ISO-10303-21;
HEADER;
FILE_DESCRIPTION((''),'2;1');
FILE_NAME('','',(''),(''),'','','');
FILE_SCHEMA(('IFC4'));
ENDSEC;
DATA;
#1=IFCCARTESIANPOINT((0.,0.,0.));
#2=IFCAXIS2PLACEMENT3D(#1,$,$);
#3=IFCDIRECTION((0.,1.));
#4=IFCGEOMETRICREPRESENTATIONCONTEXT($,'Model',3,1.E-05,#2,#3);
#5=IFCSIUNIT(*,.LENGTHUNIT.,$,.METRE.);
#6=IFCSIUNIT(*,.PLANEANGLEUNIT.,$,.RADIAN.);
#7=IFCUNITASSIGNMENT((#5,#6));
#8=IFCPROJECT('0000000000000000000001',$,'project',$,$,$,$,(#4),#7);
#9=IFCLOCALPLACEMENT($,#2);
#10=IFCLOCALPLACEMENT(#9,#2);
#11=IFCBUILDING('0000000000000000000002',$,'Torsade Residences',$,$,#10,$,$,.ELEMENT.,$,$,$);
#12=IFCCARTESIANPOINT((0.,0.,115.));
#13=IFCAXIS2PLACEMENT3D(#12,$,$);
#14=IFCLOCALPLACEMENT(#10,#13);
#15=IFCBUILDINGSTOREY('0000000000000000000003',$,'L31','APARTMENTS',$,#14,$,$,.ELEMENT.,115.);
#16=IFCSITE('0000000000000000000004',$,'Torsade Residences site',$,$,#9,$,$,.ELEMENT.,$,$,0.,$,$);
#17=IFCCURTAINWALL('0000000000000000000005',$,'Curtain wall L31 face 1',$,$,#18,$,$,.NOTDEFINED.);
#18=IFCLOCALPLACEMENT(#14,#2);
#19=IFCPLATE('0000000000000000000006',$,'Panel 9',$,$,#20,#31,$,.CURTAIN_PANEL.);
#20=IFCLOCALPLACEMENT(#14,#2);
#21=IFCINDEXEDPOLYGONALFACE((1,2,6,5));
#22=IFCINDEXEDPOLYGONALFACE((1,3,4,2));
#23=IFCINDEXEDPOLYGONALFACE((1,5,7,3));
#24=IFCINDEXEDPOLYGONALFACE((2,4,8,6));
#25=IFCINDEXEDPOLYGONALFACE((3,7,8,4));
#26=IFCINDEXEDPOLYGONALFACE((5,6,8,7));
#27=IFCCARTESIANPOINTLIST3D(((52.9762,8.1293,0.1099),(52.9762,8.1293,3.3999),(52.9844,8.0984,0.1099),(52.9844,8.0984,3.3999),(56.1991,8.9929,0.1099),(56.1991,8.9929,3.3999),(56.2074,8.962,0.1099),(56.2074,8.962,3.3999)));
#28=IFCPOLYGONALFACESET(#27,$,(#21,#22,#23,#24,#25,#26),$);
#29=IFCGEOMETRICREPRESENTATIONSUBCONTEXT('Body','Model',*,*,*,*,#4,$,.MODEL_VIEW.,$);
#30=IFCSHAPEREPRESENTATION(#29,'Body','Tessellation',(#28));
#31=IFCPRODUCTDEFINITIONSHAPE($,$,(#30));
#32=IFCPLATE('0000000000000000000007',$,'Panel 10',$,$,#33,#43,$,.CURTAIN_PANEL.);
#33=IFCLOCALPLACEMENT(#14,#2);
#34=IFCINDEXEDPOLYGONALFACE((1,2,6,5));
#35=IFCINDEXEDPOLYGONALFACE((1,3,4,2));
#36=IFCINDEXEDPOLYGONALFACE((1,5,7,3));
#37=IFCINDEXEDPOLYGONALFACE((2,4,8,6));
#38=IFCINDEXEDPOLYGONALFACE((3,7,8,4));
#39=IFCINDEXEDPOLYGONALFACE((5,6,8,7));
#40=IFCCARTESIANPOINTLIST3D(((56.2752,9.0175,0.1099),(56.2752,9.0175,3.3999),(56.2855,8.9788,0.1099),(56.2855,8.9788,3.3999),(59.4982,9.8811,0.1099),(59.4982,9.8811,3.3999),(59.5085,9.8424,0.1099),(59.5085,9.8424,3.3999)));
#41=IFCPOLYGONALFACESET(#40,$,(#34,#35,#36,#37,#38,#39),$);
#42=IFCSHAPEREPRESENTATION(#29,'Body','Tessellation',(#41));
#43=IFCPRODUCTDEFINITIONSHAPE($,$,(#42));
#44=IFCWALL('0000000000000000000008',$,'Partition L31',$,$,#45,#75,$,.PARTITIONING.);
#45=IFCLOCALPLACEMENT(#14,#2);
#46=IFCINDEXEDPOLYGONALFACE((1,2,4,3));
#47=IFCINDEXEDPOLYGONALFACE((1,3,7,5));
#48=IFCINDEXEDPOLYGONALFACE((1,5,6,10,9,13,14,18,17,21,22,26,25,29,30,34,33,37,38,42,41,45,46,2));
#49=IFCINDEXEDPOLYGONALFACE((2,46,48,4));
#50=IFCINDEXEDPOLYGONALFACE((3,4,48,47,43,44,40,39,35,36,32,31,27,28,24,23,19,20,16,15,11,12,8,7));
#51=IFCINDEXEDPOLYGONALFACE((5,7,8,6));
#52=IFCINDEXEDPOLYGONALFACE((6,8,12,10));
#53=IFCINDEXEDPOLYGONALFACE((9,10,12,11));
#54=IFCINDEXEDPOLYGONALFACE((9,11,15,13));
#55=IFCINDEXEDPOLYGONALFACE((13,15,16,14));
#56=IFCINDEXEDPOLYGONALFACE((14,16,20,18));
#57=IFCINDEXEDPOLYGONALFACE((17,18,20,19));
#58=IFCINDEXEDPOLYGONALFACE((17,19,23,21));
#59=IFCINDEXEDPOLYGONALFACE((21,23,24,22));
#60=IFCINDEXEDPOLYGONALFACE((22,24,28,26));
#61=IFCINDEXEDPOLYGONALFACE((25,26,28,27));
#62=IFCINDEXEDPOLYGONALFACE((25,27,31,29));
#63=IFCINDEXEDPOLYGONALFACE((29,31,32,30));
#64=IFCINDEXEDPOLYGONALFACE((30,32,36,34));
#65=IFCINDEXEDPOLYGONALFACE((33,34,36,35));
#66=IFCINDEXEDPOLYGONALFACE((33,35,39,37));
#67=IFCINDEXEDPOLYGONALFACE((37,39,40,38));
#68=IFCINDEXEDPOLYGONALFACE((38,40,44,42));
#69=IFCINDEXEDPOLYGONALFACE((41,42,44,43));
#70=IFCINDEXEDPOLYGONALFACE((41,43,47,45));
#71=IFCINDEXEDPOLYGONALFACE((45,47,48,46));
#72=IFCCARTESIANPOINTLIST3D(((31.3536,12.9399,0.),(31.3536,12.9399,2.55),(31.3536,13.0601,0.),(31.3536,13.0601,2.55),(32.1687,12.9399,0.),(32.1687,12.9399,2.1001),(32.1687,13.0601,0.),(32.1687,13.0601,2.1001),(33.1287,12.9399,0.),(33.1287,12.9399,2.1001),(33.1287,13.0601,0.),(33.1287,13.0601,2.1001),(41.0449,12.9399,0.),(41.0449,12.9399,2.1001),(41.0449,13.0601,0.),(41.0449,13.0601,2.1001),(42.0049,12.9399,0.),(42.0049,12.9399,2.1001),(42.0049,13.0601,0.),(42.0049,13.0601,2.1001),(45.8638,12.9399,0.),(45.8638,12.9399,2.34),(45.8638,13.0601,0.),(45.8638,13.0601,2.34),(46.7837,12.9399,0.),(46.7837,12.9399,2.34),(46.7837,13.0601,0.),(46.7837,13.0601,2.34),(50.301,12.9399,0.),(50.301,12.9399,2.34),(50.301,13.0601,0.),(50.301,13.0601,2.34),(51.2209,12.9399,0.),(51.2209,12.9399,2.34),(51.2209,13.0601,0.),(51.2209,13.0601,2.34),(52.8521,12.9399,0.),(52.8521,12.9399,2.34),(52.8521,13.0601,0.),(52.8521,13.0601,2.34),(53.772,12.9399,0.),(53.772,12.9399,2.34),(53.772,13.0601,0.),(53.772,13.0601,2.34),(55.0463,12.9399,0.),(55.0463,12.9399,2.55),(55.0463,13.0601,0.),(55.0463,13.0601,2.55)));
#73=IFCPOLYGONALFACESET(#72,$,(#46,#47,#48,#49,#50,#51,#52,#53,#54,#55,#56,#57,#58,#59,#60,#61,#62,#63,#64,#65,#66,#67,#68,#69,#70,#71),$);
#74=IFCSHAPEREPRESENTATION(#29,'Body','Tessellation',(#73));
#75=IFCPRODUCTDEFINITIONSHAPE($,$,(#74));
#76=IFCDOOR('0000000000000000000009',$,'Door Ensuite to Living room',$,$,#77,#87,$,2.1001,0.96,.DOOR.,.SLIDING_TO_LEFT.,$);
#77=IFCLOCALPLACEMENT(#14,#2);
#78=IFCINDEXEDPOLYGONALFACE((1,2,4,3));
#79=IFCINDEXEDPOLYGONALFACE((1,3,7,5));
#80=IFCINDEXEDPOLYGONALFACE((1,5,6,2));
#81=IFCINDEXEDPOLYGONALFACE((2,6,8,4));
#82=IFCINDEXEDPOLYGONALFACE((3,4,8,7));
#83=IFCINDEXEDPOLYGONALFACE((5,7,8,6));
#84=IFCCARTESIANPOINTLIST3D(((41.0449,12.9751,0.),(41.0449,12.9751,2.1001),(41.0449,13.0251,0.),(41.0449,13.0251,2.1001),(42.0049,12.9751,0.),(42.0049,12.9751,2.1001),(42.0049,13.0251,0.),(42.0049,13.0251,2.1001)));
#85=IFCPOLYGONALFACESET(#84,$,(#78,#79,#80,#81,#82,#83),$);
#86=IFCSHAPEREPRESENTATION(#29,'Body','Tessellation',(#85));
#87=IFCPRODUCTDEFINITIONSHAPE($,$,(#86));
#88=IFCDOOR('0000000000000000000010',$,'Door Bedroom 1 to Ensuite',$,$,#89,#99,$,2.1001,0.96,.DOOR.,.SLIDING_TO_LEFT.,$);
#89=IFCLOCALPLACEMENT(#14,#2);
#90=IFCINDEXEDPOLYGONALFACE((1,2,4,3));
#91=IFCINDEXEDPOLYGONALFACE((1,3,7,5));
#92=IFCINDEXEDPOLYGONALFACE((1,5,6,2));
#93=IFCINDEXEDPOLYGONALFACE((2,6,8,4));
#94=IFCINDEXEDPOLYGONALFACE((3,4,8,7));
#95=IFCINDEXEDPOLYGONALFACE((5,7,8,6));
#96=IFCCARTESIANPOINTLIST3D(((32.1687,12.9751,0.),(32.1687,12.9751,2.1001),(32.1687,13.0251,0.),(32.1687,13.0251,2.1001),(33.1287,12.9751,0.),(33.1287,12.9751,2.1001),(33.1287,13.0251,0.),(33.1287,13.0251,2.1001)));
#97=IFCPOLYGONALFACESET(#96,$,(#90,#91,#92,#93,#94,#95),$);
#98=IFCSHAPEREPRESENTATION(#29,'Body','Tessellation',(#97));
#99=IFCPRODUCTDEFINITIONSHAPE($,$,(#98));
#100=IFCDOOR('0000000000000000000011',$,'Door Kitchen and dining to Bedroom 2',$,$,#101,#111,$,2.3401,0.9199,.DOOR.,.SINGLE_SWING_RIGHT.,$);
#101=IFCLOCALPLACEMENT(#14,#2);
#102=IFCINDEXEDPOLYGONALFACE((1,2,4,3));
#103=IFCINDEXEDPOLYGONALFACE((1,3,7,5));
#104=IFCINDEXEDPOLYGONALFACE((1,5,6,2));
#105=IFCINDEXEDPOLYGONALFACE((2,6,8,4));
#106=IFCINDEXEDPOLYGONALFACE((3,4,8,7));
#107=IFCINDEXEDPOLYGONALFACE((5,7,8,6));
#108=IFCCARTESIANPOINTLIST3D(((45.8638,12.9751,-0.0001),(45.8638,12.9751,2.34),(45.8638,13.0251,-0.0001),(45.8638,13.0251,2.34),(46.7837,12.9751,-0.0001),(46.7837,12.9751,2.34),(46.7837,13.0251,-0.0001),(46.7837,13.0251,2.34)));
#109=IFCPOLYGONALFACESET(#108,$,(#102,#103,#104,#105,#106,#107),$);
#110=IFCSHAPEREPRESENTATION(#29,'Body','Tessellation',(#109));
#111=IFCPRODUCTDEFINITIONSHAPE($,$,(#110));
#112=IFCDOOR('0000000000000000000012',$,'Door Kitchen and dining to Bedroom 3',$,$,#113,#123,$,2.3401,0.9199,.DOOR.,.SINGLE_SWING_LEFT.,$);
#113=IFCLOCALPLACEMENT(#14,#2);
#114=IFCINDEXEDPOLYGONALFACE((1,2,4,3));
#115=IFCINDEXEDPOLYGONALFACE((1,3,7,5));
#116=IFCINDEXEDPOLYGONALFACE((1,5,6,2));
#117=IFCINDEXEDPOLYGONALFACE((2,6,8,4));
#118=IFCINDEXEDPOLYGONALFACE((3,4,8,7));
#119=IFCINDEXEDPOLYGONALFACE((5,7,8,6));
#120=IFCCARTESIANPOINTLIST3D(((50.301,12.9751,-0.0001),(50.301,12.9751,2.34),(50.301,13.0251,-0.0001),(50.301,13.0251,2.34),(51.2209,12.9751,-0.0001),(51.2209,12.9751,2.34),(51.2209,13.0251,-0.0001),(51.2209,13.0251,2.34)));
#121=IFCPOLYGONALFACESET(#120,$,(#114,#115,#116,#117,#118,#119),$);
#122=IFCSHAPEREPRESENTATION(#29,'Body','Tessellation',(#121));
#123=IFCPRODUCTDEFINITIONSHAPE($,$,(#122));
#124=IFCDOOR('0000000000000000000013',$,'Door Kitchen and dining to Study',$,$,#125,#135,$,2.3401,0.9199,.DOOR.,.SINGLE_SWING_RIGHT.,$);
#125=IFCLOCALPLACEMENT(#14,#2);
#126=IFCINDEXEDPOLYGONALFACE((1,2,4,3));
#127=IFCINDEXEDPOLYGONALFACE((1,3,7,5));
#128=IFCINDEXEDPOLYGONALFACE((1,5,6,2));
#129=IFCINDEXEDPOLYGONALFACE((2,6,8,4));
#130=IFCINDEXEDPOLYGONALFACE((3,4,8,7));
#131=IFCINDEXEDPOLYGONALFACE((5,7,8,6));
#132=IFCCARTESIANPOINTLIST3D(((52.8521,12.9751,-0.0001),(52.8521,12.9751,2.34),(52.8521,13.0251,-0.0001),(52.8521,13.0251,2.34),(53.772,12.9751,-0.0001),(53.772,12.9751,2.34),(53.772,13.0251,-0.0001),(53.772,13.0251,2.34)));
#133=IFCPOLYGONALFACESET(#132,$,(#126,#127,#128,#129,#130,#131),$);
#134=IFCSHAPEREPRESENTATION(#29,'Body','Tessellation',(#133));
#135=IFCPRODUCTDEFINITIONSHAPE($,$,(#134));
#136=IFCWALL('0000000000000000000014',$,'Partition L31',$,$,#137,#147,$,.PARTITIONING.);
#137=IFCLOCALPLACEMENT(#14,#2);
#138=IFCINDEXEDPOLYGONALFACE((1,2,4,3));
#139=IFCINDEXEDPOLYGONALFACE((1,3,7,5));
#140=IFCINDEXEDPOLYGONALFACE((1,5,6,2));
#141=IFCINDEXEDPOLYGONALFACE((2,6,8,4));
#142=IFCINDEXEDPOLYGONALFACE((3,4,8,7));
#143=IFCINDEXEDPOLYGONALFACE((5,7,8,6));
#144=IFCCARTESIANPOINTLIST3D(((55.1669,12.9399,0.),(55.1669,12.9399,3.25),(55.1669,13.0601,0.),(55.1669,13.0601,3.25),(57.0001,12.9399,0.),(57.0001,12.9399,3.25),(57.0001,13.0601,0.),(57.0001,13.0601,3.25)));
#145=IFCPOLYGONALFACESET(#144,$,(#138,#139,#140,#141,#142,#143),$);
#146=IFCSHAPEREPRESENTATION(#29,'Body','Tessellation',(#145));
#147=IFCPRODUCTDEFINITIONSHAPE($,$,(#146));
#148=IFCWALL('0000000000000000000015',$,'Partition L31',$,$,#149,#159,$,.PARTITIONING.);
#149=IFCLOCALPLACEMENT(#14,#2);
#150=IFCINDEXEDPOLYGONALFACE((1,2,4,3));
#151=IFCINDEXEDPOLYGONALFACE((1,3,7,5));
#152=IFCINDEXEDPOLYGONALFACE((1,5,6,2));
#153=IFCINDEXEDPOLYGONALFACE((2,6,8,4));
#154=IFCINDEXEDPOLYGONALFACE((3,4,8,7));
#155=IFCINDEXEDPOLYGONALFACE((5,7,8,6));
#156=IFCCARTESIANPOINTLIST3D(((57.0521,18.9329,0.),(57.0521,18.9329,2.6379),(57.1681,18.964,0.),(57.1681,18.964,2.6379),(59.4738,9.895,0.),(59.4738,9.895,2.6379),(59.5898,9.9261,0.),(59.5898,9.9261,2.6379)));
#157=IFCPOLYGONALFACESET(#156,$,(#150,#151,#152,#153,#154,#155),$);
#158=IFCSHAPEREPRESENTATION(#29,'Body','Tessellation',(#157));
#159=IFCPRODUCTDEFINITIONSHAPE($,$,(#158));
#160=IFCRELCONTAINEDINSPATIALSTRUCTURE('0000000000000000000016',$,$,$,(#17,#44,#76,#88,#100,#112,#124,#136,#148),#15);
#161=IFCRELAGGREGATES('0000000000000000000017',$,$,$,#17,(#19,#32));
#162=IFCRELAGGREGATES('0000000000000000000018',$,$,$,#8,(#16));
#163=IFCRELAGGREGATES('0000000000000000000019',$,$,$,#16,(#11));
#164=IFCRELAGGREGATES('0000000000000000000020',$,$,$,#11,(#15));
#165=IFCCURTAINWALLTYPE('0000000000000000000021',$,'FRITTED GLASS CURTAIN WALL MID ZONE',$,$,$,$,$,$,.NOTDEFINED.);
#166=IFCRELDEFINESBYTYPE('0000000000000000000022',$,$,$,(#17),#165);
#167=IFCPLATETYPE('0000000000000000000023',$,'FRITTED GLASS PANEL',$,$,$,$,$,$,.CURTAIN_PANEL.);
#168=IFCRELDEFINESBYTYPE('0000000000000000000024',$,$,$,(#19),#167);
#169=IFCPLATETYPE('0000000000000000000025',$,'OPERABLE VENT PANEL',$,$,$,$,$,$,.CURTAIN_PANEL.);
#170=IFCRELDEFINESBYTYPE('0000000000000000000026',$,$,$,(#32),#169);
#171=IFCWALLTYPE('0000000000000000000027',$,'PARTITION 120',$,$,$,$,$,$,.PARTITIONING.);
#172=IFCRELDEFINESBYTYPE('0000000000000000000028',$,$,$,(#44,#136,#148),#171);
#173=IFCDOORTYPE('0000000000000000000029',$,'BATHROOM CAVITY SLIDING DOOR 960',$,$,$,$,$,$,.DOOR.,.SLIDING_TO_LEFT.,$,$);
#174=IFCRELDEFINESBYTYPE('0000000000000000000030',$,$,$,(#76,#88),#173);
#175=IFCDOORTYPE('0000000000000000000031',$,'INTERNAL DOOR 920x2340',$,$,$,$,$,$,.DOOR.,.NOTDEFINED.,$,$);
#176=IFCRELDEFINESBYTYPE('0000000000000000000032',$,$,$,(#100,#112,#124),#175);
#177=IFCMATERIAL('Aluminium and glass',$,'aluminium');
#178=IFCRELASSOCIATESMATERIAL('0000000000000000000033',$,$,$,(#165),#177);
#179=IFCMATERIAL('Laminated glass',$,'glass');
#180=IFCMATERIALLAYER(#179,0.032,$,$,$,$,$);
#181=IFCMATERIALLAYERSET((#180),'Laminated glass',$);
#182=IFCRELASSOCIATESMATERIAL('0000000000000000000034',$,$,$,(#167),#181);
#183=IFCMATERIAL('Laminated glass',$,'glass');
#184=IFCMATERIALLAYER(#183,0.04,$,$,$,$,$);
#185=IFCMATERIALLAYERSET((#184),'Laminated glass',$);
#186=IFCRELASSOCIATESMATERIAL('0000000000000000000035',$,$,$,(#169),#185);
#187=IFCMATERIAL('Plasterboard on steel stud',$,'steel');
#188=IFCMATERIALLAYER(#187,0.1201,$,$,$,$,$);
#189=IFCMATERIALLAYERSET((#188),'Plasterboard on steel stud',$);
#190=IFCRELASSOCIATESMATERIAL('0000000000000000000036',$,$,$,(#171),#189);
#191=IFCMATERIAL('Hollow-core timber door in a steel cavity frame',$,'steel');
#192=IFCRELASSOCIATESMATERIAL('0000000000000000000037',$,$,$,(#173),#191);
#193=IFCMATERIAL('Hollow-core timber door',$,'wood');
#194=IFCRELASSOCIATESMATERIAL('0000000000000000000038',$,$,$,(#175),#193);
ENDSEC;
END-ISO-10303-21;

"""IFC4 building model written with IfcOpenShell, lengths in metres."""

from ifc_helpers import new_model, si_unit, direction, frame, frame_2d, origin, origin_2d, place, context, subcontext, project, spatial, rectangle, extrude, material, layer, layer_set, type_object, element, fill, aggregate, save


model = new_model("IFC4")

# Units and contexts
model_context = context("Model", 3, precision=1e-05, world=origin(), true_north=direction((0.0, 1.0)))
body_context = subcontext(model_context, "Body", "Model", "MODEL_VIEW")
ifc_project = project(units=[si_unit("LENGTHUNIT", "METRE"), si_unit("PLANEANGLEUNIT", "RADIAN")], contexts=[model_context])

# Site, building, storey
site_placement = place(None, origin())
site = spatial("IfcSite", under=ifc_project, at=site_placement, Name="Torsade Residences site", CompositionType="ELEMENT", RefElevation=0.0)
building_placement = place(site_placement, origin())
building = spatial("IfcBuilding", under=site, at=building_placement, Name="Torsade Residences", CompositionType="ELEMENT")
storey_placement = place(building_placement, frame((0.0, 0.0, 115.0)))
storey = spatial("IfcBuildingStorey", under=building, at=storey_placement, Name="L31", Description="APARTMENTS", CompositionType="ELEMENT", Elevation=115.0)

# Curtain wall
ifc_material_1 = material(Name="Aluminium and glass", Category="aluminium")
curtain_wall_type = type_object("IfcCurtainWallType", Name="FRITTED GLASS CURTAIN WALL MID ZONE", PredefinedType="NOTDEFINED", material=ifc_material_1)
curtain_wall_placement = place(storey_placement, origin())
curtain_wall = element("IfcCurtainWall", 1, at=curtain_wall_placement, inside=storey, type_object=curtain_wall_type, Name="Curtain wall L31 face 1", PredefinedType="NOTDEFINED")

# Plates
ifc_material_2 = material(Name="Laminated glass", Category="glass")
ifc_layer_1 = layer(ifc_material_2, 0.032)
ifc_layer_set_1 = layer_set([ifc_layer_1], Name="Laminated glass")
plate_type_1 = type_object("IfcPlateType", Name="FRITTED GLASS PANEL", PredefinedType="CURTAIN_PANEL", material=ifc_layer_set_1)
plate_1_placement = place(storey_placement, frame((54.5918, 8.5457, 0.1099), z_axis=(0.0, 0.0, 1.0), x_axis=(0.965926, 0.258819, 0.0)))
plate_1 = element("IfcPlate", 2, at=plate_1_placement, type_object=plate_type_1, Name="Panel 9", PredefinedType="CURTAIN_PANEL", context=body_context, shape_type="SweptSolid", body=[
    extrude(rectangle(XDim=3.3367, YDim=0.032, at=origin_2d()), origin(), (0.0, 0.0, 1.0), 3.29),
])
ifc_material_3 = material(Name="Laminated glass", Category="glass")
ifc_layer_2 = layer(ifc_material_3, 0.04)
ifc_layer_set_2 = layer_set([ifc_layer_2], Name="Laminated glass")
plate_type_2 = type_object("IfcPlateType", Name="OPERABLE VENT PANEL", PredefinedType="CURTAIN_PANEL", material=ifc_layer_set_2)
plate_2_placement = place(storey_placement, frame((57.8918, 9.4299, 0.1099), z_axis=(0.0, 0.0, 1.0), x_axis=(0.965926, 0.258819, 0.0)))
plate_2 = element("IfcPlate", 3, at=plate_2_placement, type_object=plate_type_2, Name="Panel 10", PredefinedType="CURTAIN_PANEL", context=body_context, shape_type="SweptSolid", body=[
    extrude(rectangle(XDim=3.3367, YDim=0.04, at=origin_2d()), origin(), (0.0, 0.0, 1.0), 3.29),
])
aggregate(curtain_wall, [plate_1, plate_2])

# Wall, openings, doors
ifc_material_4 = material(Name="Plasterboard on steel stud", Category="steel")
ifc_layer_3 = layer(ifc_material_4, 0.1201)
ifc_layer_set_3 = layer_set([ifc_layer_3], Name="Plasterboard on steel stud")
wall_type_1 = type_object("IfcWallType", Name="PARTITION 120", PredefinedType="PARTITIONING", material=ifc_layer_set_3)
wall_1_placement = place(storey_placement, frame((55.0461, 13.0, 0.0), z_axis=(0.0, 0.0, 1.0), x_axis=(-1.0, 0.0, 0.0)))
wall_1 = element("IfcWall", 4, at=wall_1_placement, inside=storey, type_object=wall_type_1, Name="Partition L31", PredefinedType="PARTITIONING", context=body_context, shape_type="SweptSolid", body=[
    extrude(rectangle(XDim=23.6926, YDim=0.1201, at=frame_2d((11.8462, 0.0))), origin(), (0.0, 0.0, 1.0), 2.55),
])
opening_1_placement = place(wall_1_placement, frame((8.2625, 0.0, 0.0)))
opening_1 = element("IfcOpeningElement", 5, at=opening_1_placement, cuts=wall_1, PredefinedType="OPENING", context=body_context, shape_type="SweptSolid", body=[
    extrude(rectangle(XDim=0.9199, YDim=2.3401, at=frame_2d((0.46, 1.1699))), frame((0.0, 0.0701, 0.0), z_axis=(0.0, -1.0, 0.0), x_axis=(1.0, 0.0, 0.0)), (0.0, 0.0, 1.0), 0.1401),
])
opening_2_placement = place(wall_1_placement, frame((3.8252, 0.0, 0.0)))
opening_2 = element("IfcOpeningElement", 6, at=opening_2_placement, cuts=wall_1, PredefinedType="OPENING", context=body_context, shape_type="SweptSolid", body=[
    extrude(rectangle(XDim=0.9199, YDim=2.3401, at=frame_2d((0.46, 1.1699))), frame((0.0, 0.0701, 0.0), z_axis=(0.0, -1.0, 0.0), x_axis=(1.0, 0.0, 0.0)), (0.0, 0.0, 1.0), 0.1401),
])
opening_3_placement = place(wall_1_placement, frame((1.2742, 0.0, 0.0)))
opening_3 = element("IfcOpeningElement", 7, at=opening_3_placement, cuts=wall_1, PredefinedType="OPENING", context=body_context, shape_type="SweptSolid", body=[
    extrude(rectangle(XDim=0.9199, YDim=2.3401, at=frame_2d((0.46, 1.1699))), frame((0.0, 0.0701, 0.0), z_axis=(0.0, -1.0, 0.0), x_axis=(1.0, 0.0, 0.0)), (0.0, 0.0, 1.0), 0.1401),
])
opening_4_placement = place(wall_1_placement, frame((13.0413, 0.0, 0.0)))
opening_4 = element("IfcOpeningElement", 8, at=opening_4_placement, cuts=wall_1, PredefinedType="OPENING", context=body_context, shape_type="SweptSolid", body=[
    extrude(rectangle(XDim=0.96, YDim=2.1001, at=frame_2d((0.48, 1.05))), frame((0.0, 0.0701, 0.0), z_axis=(0.0, -1.0, 0.0), x_axis=(1.0, 0.0, 0.0)), (0.0, 0.0, 1.0), 0.1401),
])
opening_5_placement = place(wall_1_placement, frame((21.9175, 0.0, 0.0)))
opening_5 = element("IfcOpeningElement", 9, at=opening_5_placement, cuts=wall_1, PredefinedType="OPENING", context=body_context, shape_type="SweptSolid", body=[
    extrude(rectangle(XDim=0.96, YDim=2.1001, at=frame_2d((0.48, 1.05))), frame((0.0, 0.0701, 0.0), z_axis=(0.0, -1.0, 0.0), x_axis=(1.0, 0.0, 0.0)), (0.0, 0.0, 1.0), 0.1401),
])
ifc_material_5 = material(Name="Hollow-core timber door in a steel cavity frame", Category="steel")
door_type_1 = type_object("IfcDoorType", Name="BATHROOM CAVITY SLIDING DOOR 960", OperationType="SLIDING_TO_LEFT", PredefinedType="DOOR", material=ifc_material_5)
door_1_placement = place(opening_4_placement, origin())
door_1 = element("IfcDoor", 10, at=door_1_placement, inside=storey, type_object=door_type_1, Name="Door Ensuite to Living room", OperationType="SLIDING_TO_LEFT", OverallHeight=2.1001, OverallWidth=0.96, PredefinedType="DOOR", context=body_context, shape_type="SweptSolid", body=[
    extrude(rectangle(XDim=0.96, YDim=2.1001, at=frame_2d((0.48, 1.05))), frame((0.0, 0.0249, 0.0), z_axis=(0.0, -1.0, 0.0), x_axis=(1.0, 0.0, 0.0)), (0.0, 0.0, 1.0), 0.05),
])
fill(opening_4, door_1)
door_2_placement = place(opening_5_placement, origin())
door_2 = element("IfcDoor", 11, at=door_2_placement, inside=storey, type_object=door_type_1, Name="Door Bedroom 1 to Ensuite", OperationType="SLIDING_TO_LEFT", OverallHeight=2.1001, OverallWidth=0.96, PredefinedType="DOOR", context=body_context, shape_type="SweptSolid", body=[
    extrude(rectangle(XDim=0.96, YDim=2.1001, at=frame_2d((0.48, 1.05))), frame((0.0, 0.0249, 0.0), z_axis=(0.0, -1.0, 0.0), x_axis=(1.0, 0.0, 0.0)), (0.0, 0.0, 1.0), 0.05),
])
fill(opening_5, door_2)
ifc_material_6 = material(Name="Hollow-core timber door", Category="wood")
door_type_2 = type_object("IfcDoorType", Name="INTERNAL DOOR 920x2340", OperationType="NOTDEFINED", PredefinedType="DOOR", material=ifc_material_6)
door_3_placement = place(opening_1_placement, origin())
door_3 = element("IfcDoor", 12, at=door_3_placement, inside=storey, type_object=door_type_2, Name="Door Kitchen and dining to Bedroom 2", OperationType="SINGLE_SWING_RIGHT", OverallHeight=2.3401, OverallWidth=0.9199, PredefinedType="DOOR", context=body_context, shape_type="SweptSolid", body=[
    extrude(rectangle(XDim=0.9199, YDim=2.3401, at=frame_2d((0.46, 1.1699))), frame((0.0, 0.0249, 0.0), z_axis=(0.0, -1.0, 0.0), x_axis=(1.0, 0.0, 0.0)), (0.0, 0.0, 1.0), 0.05),
])
fill(opening_1, door_3)
door_4_placement = place(opening_2_placement, origin())
door_4 = element("IfcDoor", 13, at=door_4_placement, inside=storey, type_object=door_type_2, Name="Door Kitchen and dining to Bedroom 3", OperationType="SINGLE_SWING_LEFT", OverallHeight=2.3401, OverallWidth=0.9199, PredefinedType="DOOR", context=body_context, shape_type="SweptSolid", body=[
    extrude(rectangle(XDim=0.9199, YDim=2.3401, at=frame_2d((0.46, 1.1699))), frame((0.0, 0.0249, 0.0), z_axis=(0.0, -1.0, 0.0), x_axis=(1.0, 0.0, 0.0)), (0.0, 0.0, 1.0), 0.05),
])
fill(opening_2, door_4)
door_5_placement = place(opening_3_placement, origin())
door_5 = element("IfcDoor", 14, at=door_5_placement, inside=storey, type_object=door_type_2, Name="Door Kitchen and dining to Study", OperationType="SINGLE_SWING_RIGHT", OverallHeight=2.3401, OverallWidth=0.9199, PredefinedType="DOOR", context=body_context, shape_type="SweptSolid", body=[
    extrude(rectangle(XDim=0.9199, YDim=2.3401, at=frame_2d((0.46, 1.1699))), frame((0.0, 0.0249, 0.0), z_axis=(0.0, -1.0, 0.0), x_axis=(1.0, 0.0, 0.0)), (0.0, 0.0, 1.0), 0.05),
])
fill(opening_3, door_5)

# Walls
wall_2_placement = place(storey_placement, frame((57.0, 13.0, 0.0), z_axis=(0.0, 0.0, 1.0), x_axis=(-1.0, 0.0, 0.0)))
element("IfcWall", 15, at=wall_2_placement, inside=storey, type_object=wall_type_1, Name="Partition L31", PredefinedType="PARTITIONING", context=body_context, shape_type="SweptSolid", body=[
    extrude(rectangle(XDim=1.8333, YDim=0.1201, at=frame_2d((0.9165, 0.0))), origin(), (0.0, 0.0, 1.0), 3.25),
])
wall_3_placement = place(storey_placement, frame((59.5317, 9.9106, 0.0), z_axis=(0.0, 0.0, 1.0), x_axis=(-0.258814, 0.965927, 0.0)))
element("IfcWall", 16, at=wall_3_placement, inside=storey, type_object=wall_type_1, Name="Partition L31", PredefinedType="PARTITIONING", context=body_context, shape_type="SweptSolid", body=[
    extrude(rectangle(XDim=9.3567, YDim=0.1201, at=frame_2d((4.6782, 0.0))), origin(), (0.0, 0.0, 1.0), 2.6379),
])

save(model, "model.ifc")
